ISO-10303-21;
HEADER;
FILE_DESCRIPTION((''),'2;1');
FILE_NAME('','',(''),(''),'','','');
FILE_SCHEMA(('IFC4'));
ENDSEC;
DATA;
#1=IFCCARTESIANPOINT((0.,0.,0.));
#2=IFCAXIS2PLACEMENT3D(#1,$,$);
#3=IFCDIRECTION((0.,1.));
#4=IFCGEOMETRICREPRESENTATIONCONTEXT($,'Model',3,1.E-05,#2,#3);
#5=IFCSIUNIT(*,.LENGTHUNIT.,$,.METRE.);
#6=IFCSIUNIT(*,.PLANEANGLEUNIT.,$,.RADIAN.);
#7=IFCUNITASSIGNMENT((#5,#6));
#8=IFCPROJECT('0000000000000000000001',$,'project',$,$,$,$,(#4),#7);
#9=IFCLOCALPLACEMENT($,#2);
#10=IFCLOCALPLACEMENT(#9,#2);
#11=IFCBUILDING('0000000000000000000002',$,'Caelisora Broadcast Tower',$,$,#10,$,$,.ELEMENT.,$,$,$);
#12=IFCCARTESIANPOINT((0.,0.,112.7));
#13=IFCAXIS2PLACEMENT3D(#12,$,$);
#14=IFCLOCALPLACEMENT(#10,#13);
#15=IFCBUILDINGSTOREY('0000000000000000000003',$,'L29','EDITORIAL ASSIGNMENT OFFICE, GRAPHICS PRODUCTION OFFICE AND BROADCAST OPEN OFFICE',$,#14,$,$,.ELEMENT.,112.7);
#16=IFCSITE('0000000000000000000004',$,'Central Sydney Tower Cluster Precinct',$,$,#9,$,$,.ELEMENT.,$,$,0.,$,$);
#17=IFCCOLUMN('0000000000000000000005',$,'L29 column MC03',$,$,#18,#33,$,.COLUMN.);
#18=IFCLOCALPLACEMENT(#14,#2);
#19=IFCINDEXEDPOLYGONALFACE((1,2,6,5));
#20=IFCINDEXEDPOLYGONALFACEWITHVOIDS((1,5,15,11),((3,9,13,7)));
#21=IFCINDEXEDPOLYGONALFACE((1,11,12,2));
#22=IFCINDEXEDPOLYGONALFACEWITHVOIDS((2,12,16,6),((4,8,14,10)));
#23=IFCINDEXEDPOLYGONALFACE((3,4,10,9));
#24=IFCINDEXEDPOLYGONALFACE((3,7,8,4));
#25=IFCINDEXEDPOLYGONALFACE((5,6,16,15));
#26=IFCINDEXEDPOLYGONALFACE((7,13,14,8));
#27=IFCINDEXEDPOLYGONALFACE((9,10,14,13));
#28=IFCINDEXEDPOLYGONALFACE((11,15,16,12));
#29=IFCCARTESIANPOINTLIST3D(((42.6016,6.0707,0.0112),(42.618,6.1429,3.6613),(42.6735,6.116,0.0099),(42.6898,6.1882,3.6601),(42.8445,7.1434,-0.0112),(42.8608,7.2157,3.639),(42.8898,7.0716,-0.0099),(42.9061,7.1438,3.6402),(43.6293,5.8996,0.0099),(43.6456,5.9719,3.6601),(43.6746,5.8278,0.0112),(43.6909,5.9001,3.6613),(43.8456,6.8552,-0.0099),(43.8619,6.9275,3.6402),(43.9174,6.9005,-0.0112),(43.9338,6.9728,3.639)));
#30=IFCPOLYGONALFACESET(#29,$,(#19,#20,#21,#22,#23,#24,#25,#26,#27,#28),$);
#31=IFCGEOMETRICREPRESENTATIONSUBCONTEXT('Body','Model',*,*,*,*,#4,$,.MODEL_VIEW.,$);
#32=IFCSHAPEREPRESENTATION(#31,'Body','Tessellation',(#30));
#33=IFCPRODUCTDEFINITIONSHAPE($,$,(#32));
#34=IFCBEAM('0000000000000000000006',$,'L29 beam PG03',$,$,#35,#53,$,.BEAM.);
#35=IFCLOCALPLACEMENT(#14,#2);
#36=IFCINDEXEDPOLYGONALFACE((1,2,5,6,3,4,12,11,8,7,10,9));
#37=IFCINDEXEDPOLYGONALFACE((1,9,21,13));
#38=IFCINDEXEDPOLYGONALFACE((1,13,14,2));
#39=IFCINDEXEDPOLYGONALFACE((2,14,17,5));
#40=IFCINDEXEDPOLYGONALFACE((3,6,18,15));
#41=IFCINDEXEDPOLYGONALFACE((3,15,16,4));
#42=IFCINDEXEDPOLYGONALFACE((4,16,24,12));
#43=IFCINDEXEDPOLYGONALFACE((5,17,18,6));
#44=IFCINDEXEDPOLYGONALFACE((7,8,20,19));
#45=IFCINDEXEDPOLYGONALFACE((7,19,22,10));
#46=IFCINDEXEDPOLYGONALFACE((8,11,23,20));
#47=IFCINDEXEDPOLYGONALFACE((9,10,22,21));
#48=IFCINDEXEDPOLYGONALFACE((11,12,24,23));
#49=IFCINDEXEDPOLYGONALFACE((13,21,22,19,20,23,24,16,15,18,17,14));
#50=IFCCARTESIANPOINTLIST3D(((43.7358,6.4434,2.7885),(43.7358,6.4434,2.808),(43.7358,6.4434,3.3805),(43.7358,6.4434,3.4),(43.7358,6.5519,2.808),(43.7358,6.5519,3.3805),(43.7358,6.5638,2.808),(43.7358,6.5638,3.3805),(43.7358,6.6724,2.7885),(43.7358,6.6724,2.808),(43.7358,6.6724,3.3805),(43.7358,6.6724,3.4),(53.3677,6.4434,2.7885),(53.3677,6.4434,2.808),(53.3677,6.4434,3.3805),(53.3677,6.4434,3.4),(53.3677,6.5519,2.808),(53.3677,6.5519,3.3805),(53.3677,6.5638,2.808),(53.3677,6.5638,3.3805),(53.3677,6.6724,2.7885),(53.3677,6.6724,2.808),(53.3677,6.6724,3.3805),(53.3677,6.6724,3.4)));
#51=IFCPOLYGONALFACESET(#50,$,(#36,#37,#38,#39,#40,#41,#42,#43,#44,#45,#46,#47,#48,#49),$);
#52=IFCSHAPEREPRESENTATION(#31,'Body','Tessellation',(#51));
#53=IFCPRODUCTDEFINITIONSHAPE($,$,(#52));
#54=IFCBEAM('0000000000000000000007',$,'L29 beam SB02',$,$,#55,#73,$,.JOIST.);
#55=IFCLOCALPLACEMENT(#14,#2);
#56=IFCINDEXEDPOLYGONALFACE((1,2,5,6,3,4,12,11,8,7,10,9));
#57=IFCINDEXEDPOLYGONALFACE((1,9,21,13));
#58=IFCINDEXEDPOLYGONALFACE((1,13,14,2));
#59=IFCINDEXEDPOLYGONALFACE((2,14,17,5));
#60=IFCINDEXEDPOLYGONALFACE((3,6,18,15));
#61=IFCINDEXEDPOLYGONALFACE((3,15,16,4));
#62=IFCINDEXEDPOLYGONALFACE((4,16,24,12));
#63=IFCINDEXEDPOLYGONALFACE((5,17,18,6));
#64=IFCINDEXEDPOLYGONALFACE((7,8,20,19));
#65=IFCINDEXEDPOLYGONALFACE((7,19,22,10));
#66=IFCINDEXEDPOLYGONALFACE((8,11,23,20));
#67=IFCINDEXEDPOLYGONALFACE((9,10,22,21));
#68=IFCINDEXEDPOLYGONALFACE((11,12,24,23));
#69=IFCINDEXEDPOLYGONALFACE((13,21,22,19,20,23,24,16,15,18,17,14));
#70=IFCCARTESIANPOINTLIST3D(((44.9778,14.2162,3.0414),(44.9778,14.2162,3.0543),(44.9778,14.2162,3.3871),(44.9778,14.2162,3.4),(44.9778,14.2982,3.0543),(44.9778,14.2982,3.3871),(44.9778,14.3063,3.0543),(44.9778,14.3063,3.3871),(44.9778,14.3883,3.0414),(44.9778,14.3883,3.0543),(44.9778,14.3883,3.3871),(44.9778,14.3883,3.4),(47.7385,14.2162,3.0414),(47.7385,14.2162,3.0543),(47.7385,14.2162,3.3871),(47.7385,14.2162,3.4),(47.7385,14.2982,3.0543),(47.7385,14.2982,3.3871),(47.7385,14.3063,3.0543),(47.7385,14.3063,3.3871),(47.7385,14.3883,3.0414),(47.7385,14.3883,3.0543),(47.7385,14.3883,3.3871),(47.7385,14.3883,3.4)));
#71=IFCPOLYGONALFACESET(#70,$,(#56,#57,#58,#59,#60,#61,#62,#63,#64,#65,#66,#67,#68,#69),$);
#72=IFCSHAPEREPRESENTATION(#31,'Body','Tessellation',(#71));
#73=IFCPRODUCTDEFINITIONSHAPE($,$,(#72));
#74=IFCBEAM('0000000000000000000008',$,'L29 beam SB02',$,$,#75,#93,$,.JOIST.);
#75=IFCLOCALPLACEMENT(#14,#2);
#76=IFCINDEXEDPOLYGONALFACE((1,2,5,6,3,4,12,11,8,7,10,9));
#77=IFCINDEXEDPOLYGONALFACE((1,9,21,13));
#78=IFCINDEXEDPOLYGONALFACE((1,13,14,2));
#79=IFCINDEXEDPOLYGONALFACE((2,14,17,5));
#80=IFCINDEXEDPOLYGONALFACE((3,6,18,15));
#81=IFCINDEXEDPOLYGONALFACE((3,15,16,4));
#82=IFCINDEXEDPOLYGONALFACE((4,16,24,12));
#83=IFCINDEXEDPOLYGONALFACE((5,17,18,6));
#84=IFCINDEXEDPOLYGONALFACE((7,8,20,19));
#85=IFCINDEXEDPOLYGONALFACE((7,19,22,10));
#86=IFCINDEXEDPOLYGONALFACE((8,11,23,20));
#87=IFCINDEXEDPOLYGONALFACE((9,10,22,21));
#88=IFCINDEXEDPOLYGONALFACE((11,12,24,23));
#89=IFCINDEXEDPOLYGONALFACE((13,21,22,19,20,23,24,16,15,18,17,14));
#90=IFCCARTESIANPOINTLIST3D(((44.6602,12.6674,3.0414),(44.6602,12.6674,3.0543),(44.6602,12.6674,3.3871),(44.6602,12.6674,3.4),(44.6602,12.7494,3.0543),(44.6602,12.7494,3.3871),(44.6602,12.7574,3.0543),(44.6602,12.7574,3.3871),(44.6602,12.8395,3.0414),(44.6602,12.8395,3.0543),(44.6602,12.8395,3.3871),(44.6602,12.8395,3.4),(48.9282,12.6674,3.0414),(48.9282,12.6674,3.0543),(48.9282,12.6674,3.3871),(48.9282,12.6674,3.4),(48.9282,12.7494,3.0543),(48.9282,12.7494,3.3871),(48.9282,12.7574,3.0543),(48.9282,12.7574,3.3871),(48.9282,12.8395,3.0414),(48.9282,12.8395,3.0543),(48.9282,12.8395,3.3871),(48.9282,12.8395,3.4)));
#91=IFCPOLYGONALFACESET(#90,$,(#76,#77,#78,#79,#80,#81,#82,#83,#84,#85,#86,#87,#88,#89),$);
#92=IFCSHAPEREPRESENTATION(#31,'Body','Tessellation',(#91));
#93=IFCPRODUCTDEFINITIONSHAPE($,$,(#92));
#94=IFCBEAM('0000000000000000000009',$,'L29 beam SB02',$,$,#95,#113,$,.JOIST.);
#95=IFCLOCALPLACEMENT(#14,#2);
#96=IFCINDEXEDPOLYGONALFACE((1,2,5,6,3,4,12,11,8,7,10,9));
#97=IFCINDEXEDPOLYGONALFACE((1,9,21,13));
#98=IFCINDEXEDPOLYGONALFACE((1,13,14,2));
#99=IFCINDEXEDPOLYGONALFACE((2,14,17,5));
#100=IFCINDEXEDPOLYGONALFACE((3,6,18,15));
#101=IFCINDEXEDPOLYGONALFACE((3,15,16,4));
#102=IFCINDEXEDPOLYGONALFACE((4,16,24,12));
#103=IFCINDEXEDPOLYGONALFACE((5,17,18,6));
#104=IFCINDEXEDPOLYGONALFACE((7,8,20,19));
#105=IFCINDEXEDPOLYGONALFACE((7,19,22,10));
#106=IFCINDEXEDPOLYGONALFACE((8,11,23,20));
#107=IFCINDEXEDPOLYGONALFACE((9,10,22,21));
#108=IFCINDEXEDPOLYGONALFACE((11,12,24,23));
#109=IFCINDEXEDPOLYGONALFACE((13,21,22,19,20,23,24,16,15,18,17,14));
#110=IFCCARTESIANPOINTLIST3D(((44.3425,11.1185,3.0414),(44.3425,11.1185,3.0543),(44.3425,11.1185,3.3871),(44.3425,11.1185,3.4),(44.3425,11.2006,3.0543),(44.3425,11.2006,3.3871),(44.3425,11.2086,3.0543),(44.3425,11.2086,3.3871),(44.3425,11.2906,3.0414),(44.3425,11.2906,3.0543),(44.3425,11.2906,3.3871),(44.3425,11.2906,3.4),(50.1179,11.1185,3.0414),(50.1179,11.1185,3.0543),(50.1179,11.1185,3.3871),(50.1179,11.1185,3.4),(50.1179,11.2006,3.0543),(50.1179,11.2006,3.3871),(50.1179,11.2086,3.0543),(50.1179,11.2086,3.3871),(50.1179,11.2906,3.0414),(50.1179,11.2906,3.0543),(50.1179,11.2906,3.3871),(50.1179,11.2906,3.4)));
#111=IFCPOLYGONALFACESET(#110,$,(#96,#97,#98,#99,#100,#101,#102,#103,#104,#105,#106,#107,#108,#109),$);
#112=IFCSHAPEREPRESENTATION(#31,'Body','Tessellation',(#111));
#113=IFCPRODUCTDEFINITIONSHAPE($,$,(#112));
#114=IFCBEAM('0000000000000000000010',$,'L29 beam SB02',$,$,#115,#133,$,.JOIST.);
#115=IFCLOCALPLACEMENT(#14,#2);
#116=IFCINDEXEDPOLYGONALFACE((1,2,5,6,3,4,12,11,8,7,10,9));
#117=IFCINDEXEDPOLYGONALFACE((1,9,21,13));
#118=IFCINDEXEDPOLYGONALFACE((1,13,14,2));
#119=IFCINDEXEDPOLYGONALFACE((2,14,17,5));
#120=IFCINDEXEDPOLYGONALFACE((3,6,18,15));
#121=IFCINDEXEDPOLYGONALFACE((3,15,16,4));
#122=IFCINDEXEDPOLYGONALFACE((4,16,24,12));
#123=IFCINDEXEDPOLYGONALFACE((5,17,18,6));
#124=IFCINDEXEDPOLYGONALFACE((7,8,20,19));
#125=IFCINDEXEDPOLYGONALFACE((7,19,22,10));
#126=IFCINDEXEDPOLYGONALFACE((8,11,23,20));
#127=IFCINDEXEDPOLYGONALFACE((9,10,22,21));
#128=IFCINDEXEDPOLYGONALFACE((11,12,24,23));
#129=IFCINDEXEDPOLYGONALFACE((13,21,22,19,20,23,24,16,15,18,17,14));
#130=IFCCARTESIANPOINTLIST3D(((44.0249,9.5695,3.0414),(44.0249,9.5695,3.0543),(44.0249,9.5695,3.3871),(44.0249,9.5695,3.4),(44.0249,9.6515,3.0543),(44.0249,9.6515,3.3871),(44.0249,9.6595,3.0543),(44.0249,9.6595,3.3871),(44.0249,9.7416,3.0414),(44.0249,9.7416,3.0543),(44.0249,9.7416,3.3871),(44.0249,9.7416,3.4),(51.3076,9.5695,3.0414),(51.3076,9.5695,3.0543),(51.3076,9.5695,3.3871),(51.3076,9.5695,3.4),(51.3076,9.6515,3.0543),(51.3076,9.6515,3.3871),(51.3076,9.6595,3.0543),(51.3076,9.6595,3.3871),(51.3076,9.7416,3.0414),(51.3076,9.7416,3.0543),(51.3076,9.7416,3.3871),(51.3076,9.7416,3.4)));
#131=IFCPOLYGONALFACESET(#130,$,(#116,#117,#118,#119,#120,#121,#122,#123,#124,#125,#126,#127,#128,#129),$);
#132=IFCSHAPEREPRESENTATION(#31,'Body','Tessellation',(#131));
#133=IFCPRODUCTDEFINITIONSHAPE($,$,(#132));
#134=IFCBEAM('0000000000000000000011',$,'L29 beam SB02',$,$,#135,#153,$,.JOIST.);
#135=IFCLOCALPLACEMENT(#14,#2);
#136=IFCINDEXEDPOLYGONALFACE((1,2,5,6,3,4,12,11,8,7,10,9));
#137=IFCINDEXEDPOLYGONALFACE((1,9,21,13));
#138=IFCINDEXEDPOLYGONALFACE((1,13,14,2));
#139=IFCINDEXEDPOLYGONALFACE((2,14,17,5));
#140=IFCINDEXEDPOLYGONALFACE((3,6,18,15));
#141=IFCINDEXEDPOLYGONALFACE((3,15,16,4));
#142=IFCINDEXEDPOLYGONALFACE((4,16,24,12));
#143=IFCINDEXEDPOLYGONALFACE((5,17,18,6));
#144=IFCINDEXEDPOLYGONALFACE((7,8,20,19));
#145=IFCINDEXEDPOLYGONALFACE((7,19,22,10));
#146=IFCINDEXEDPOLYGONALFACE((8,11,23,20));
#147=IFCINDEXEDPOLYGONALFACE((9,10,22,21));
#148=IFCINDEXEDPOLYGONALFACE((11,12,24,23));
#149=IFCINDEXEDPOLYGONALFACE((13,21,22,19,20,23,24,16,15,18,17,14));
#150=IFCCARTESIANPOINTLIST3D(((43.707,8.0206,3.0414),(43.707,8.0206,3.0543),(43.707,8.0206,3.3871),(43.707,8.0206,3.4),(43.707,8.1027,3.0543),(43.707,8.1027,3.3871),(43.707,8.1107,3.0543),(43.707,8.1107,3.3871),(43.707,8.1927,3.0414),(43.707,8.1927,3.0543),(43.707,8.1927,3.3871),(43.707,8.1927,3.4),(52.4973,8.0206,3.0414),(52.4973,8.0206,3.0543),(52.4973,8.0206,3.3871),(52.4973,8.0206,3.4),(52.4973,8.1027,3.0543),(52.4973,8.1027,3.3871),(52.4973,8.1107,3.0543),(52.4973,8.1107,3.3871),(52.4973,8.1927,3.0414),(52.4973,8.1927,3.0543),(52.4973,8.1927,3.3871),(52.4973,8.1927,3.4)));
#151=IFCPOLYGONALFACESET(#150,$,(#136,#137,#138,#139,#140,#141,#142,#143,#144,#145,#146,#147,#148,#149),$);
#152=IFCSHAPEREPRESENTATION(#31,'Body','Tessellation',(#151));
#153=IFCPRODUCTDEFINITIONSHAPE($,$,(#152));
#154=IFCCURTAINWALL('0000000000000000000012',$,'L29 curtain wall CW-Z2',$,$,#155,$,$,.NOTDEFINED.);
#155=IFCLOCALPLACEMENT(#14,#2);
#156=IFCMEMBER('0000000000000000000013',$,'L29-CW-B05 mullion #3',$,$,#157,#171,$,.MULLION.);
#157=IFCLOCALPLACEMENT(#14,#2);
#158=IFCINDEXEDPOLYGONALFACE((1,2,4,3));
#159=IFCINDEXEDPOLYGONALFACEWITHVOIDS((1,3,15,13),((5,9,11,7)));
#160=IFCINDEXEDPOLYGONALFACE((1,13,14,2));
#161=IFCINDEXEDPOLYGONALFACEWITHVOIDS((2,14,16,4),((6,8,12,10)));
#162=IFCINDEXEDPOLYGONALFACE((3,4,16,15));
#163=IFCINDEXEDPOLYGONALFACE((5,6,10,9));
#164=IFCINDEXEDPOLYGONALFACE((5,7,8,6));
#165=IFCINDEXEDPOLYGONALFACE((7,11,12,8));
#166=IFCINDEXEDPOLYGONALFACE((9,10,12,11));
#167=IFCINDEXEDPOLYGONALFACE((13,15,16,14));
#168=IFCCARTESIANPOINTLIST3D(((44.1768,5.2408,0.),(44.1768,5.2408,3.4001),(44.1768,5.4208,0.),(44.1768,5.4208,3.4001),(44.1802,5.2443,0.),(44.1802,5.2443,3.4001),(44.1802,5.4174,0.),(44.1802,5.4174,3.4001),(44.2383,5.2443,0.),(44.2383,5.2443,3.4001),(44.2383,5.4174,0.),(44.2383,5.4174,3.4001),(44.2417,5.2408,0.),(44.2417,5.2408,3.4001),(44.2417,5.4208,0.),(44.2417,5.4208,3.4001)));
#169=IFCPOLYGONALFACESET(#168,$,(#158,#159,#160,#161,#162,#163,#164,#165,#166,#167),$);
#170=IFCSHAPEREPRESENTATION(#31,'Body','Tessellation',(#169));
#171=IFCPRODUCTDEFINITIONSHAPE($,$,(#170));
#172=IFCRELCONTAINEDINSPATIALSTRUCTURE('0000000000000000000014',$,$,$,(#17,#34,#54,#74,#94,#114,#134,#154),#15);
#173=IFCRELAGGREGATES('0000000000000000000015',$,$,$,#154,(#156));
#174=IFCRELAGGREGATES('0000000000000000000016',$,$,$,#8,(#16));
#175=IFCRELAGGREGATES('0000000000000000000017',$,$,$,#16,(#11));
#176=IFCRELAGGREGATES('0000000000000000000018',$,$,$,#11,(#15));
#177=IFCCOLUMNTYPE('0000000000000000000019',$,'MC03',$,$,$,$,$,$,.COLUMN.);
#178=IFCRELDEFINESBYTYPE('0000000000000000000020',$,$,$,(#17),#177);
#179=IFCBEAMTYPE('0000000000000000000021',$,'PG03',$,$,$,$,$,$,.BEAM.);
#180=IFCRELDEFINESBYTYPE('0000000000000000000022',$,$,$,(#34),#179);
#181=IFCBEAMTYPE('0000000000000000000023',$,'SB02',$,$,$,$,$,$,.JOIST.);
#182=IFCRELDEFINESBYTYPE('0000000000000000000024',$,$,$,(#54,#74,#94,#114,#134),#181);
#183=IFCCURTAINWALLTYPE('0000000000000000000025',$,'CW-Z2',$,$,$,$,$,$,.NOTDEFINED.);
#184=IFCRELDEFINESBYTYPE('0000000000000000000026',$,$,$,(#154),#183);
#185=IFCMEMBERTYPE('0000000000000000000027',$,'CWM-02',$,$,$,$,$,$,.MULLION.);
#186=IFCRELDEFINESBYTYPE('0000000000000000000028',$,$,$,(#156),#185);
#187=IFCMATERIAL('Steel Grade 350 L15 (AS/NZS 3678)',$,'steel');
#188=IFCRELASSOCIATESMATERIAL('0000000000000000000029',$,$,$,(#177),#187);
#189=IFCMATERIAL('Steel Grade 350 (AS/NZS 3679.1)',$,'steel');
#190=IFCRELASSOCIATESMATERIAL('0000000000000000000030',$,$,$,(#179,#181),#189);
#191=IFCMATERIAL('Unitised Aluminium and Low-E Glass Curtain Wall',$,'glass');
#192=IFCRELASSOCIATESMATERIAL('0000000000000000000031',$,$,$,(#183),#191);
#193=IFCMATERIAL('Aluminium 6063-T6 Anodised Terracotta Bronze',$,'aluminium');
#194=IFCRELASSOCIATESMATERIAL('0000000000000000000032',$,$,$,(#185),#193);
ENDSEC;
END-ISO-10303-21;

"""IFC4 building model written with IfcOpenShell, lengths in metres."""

from ifc_helpers import new_model, si_unit, direction, frame, origin, origin_2d, place, context, subcontext, project, spatial, hollow_rectangle, i_section, extrude, source, transform, mapped, material, material_profile, profile_set, type_object, type_shapes, element, aggregate, save


model = new_model("IFC4")

# Units and contexts
model_context = context("Model", 3, precision=1e-05, world=origin(), true_north=direction((0.0, 1.0)))
body_context = subcontext(model_context, "Body", "Model", "MODEL_VIEW")
ifc_project = project(units=[si_unit("LENGTHUNIT", "METRE"), si_unit("PLANEANGLEUNIT", "RADIAN")], contexts=[model_context])

# Site, building, storey
site_placement = place(None, origin())
site = spatial("IfcSite", under=ifc_project, at=site_placement, Name="Central Sydney Tower Cluster Precinct", CompositionType="ELEMENT", RefElevation=0.0)
building_placement = place(site_placement, origin())
building = spatial("IfcBuilding", under=site, at=building_placement, Name="Caelisora Broadcast Tower", CompositionType="ELEMENT")
storey_placement = place(building_placement, frame((0.0, 0.0, 112.7)))
storey = spatial("IfcBuildingStorey", under=building, at=storey_placement, Name="L29", Description="EDITORIAL ASSIGNMENT OFFICE, GRAPHICS PRODUCTION OFFICE AND BROADCAST OPEN OFFICE", CompositionType="ELEMENT", Elevation=112.7)

# Column
ifc_material_1 = material(Name="Steel Grade 350 L15 (AS/NZS 3678)", Category="steel")
ifc_material_profile_1 = material_profile(ifc_material_1, hollow_rectangle(XDim=1.1001, YDim=1.1001, WallThickness=0.0601, at=origin_2d()), Name="Steel Grade 350 L15 (AS/NZS 3678)")
ifc_profile_set_1 = profile_set([ifc_material_profile_1], Name="Steel Grade 350 L15 (AS/NZS 3678)")
column_type = type_object("IfcColumnType", Name="MC03", PredefinedType="COLUMN", material=ifc_profile_set_1)
shared_shape_1 = source(origin(), body_context, "Body", "SweptSolid", [
    extrude(hollow_rectangle(XDim=1.1001, YDim=1.1001, WallThickness=0.0601, at=origin_2d()), origin(), (0.0, 0.0, 1.0), 3.6509),
])
type_shapes(column_type, [shared_shape_1])
column_placement = place(storey_placement, frame((43.2595, 6.4856, 0.0), z_axis=(0.00448, 0.019794, 0.999794), x_axis=(-0.975327, 0.220767, 0.0)))
element("IfcColumn", 1, at=column_placement, inside=storey, type_object=column_type, Name="L29 column MC03", PredefinedType="COLUMN", context=body_context, shape_type="MappedRepresentation", body=[
    mapped(shared_shape_1, transform((0.0, 0.0, 0.0), scale=1.0)),
])

# Beams
ifc_material_2 = material(Name="Steel Grade 350 (AS/NZS 3679.1)", Category="steel")
ifc_material_profile_2 = material_profile(ifc_material_2, i_section(OverallWidth=0.229, OverallDepth=0.6116, WebThickness=0.012, FlangeThickness=0.0195, at=origin_2d()), Name="Steel Grade 350 (AS/NZS 3679.1)")
ifc_profile_set_2 = profile_set([ifc_material_profile_2], Name="Steel Grade 350 (AS/NZS 3679.1)")
beam_type_1 = type_object("IfcBeamType", Name="PG03", PredefinedType="BEAM", material=ifc_profile_set_2)
shared_shape_2 = source(origin(), body_context, "Body", "SweptSolid", [
    extrude(i_section(OverallWidth=0.229, OverallDepth=0.6116, WebThickness=0.012, FlangeThickness=0.0195, at=origin_2d()), origin(), (0.0, 0.0, 1.0), 9.6318),
])
type_shapes(beam_type_1, [shared_shape_2])
beam_1_placement = place(storey_placement, frame((43.7358, 6.5579, 3.0942), z_axis=(1.0, 0.0, 0.0), x_axis=(0.0, 1.0, 0.0)))
element("IfcBeam", 2, at=beam_1_placement, inside=storey, type_object=beam_type_1, Name="L29 beam PG03", PredefinedType="BEAM", context=body_context, shape_type="MappedRepresentation", body=[
    mapped(shared_shape_2, transform((0.0, 0.0, 0.0), scale=1.0)),
])
ifc_material_profile_3 = material_profile(ifc_material_2, i_section(OverallWidth=0.1721, OverallDepth=0.3586, WebThickness=0.0081, FlangeThickness=0.0129, at=origin_2d()), Name="Steel Grade 350 (AS/NZS 3679.1)")
ifc_profile_set_3 = profile_set([ifc_material_profile_3], Name="Steel Grade 350 (AS/NZS 3679.1)")
beam_type_2 = type_object("IfcBeamType", Name="SB02", PredefinedType="JOIST", material=ifc_profile_set_3)
shared_shape_3 = source(origin(), body_context, "Body", "SweptSolid", [
    extrude(i_section(OverallWidth=0.1721, OverallDepth=0.3586, WebThickness=0.0081, FlangeThickness=0.0129, at=origin_2d()), origin(), (0.0, 0.0, 1.0), 2.7607),
])
beam_2_placement = place(storey_placement, frame((44.9778, 14.3022, 3.2207), z_axis=(1.0, 0.0, 0.0), x_axis=(0.0, 1.0, 0.0)))
element("IfcBeam", 3, at=beam_2_placement, inside=storey, type_object=beam_type_2, Name="L29 beam SB02", PredefinedType="JOIST", context=body_context, shape_type="MappedRepresentation", body=[
    mapped(shared_shape_3, transform((0.0, 0.0, 0.0), scale=1.0)),
])
shared_shape_4 = source(origin(), body_context, "Body", "SweptSolid", [
    extrude(i_section(OverallWidth=0.1721, OverallDepth=0.3586, WebThickness=0.0081, FlangeThickness=0.0129, at=origin_2d()), origin(), (0.0, 0.0, 1.0), 4.2681),
])
beam_3_placement = place(storey_placement, frame((44.6602, 12.7534, 3.2207), z_axis=(1.0, 0.0, 0.0), x_axis=(0.0, 1.0, 0.0)))
element("IfcBeam", 4, at=beam_3_placement, inside=storey, type_object=beam_type_2, Name="L29 beam SB02", PredefinedType="JOIST", context=body_context, shape_type="MappedRepresentation", body=[
    mapped(shared_shape_4, transform((0.0, 0.0, 0.0), scale=1.0)),
])
shared_shape_5 = source(origin(), body_context, "Body", "SweptSolid", [
    extrude(i_section(OverallWidth=0.1721, OverallDepth=0.3586, WebThickness=0.0081, FlangeThickness=0.0129, at=origin_2d()), origin(), (0.0, 0.0, 1.0), 5.7754),
])
beam_4_placement = place(storey_placement, frame((44.3425, 11.2046, 3.2207), z_axis=(1.0, 0.0, 0.0), x_axis=(0.0, 1.0, 0.0)))
element("IfcBeam", 5, at=beam_4_placement, inside=storey, type_object=beam_type_2, Name="L29 beam SB02", PredefinedType="JOIST", context=body_context, shape_type="MappedRepresentation", body=[
    mapped(shared_shape_5, transform((0.0, 0.0, 0.0), scale=1.0)),
])
shared_shape_6 = source(origin(), body_context, "Body", "SweptSolid", [
    extrude(i_section(OverallWidth=0.1721, OverallDepth=0.3586, WebThickness=0.0081, FlangeThickness=0.0129, at=origin_2d()), origin(), (0.0, 0.0, 1.0), 7.2827),
])
beam_5_placement = place(storey_placement, frame((44.0249, 9.6555, 3.2207), z_axis=(1.0, 0.0, 0.0), x_axis=(0.0, 1.0, 0.0)))
element("IfcBeam", 6, at=beam_5_placement, inside=storey, type_object=beam_type_2, Name="L29 beam SB02", PredefinedType="JOIST", context=body_context, shape_type="MappedRepresentation", body=[
    mapped(shared_shape_6, transform((0.0, 0.0, 0.0), scale=1.0)),
])
shared_shape_7 = source(origin(), body_context, "Body", "SweptSolid", [
    extrude(i_section(OverallWidth=0.1721, OverallDepth=0.3586, WebThickness=0.0081, FlangeThickness=0.0129, at=origin_2d()), origin(), (0.0, 0.0, 1.0), 8.7903),
])
type_shapes(beam_type_2, [shared_shape_3, shared_shape_4, shared_shape_5, shared_shape_6, shared_shape_7])
beam_6_placement = place(storey_placement, frame((43.707, 8.1067, 3.2207), z_axis=(1.0, 0.0, 0.0), x_axis=(0.0, 1.0, 0.0)))
element("IfcBeam", 7, at=beam_6_placement, inside=storey, type_object=beam_type_2, Name="L29 beam SB02", PredefinedType="JOIST", context=body_context, shape_type="MappedRepresentation", body=[
    mapped(shared_shape_7, transform((0.0, 0.0, 0.0), scale=1.0)),
])

# Curtain wall, member
ifc_material_3 = material(Name="Unitised Aluminium and Low-E Glass Curtain Wall", Category="glass")
curtain_wall_type_1 = type_object("IfcCurtainWallType", Name="CW-Z2", PredefinedType="NOTDEFINED", material=ifc_material_3)
curtain_wall_1_placement = place(storey_placement, origin())
curtain_wall_1 = element("IfcCurtainWall", 8, at=curtain_wall_1_placement, inside=storey, type_object=curtain_wall_type_1, Name="L29 curtain wall CW-Z2", PredefinedType="NOTDEFINED")
ifc_material_4 = material(Name="Aluminium 6063-T6 Anodised Terracotta Bronze", Category="aluminium")
ifc_material_profile_4 = material_profile(ifc_material_4, hollow_rectangle(XDim=0.0649, YDim=0.1799, WallThickness=0.0034, at=origin_2d()), Name="Aluminium 6063-T6 Anodised Terracotta Bronze")
ifc_profile_set_4 = profile_set([ifc_material_profile_4], Name="Aluminium 6063-T6 Anodised Terracotta Bronze")
member_type_1 = type_object("IfcMemberType", Name="CWM-02", PredefinedType="MULLION", material=ifc_profile_set_4)
shared_shape_8 = source(origin(), body_context, "Body", "SweptSolid", [
    extrude(hollow_rectangle(XDim=0.0649, YDim=0.1799, WallThickness=0.0034, at=origin_2d()), origin(), (0.0, 0.0, 1.0), 3.4001),
])
type_shapes(member_type_1, [shared_shape_8])
member_1_placement = place(storey_placement, frame((44.2092, 5.3308, 0.0), z_axis=(0.0, 0.0, 1.0), x_axis=(1.0, 0.0, 0.0)))
member_1 = element("IfcMember", 9, at=member_1_placement, type_object=member_type_1, Name="L29-CW-B05 mullion #3", PredefinedType="MULLION", context=body_context, shape_type="MappedRepresentation", body=[
    mapped(shared_shape_8, transform((0.0, 0.0, 0.0), scale=1.0)),
])
aggregate(curtain_wall_1, [member_1])

save(model, "model.ifc")
